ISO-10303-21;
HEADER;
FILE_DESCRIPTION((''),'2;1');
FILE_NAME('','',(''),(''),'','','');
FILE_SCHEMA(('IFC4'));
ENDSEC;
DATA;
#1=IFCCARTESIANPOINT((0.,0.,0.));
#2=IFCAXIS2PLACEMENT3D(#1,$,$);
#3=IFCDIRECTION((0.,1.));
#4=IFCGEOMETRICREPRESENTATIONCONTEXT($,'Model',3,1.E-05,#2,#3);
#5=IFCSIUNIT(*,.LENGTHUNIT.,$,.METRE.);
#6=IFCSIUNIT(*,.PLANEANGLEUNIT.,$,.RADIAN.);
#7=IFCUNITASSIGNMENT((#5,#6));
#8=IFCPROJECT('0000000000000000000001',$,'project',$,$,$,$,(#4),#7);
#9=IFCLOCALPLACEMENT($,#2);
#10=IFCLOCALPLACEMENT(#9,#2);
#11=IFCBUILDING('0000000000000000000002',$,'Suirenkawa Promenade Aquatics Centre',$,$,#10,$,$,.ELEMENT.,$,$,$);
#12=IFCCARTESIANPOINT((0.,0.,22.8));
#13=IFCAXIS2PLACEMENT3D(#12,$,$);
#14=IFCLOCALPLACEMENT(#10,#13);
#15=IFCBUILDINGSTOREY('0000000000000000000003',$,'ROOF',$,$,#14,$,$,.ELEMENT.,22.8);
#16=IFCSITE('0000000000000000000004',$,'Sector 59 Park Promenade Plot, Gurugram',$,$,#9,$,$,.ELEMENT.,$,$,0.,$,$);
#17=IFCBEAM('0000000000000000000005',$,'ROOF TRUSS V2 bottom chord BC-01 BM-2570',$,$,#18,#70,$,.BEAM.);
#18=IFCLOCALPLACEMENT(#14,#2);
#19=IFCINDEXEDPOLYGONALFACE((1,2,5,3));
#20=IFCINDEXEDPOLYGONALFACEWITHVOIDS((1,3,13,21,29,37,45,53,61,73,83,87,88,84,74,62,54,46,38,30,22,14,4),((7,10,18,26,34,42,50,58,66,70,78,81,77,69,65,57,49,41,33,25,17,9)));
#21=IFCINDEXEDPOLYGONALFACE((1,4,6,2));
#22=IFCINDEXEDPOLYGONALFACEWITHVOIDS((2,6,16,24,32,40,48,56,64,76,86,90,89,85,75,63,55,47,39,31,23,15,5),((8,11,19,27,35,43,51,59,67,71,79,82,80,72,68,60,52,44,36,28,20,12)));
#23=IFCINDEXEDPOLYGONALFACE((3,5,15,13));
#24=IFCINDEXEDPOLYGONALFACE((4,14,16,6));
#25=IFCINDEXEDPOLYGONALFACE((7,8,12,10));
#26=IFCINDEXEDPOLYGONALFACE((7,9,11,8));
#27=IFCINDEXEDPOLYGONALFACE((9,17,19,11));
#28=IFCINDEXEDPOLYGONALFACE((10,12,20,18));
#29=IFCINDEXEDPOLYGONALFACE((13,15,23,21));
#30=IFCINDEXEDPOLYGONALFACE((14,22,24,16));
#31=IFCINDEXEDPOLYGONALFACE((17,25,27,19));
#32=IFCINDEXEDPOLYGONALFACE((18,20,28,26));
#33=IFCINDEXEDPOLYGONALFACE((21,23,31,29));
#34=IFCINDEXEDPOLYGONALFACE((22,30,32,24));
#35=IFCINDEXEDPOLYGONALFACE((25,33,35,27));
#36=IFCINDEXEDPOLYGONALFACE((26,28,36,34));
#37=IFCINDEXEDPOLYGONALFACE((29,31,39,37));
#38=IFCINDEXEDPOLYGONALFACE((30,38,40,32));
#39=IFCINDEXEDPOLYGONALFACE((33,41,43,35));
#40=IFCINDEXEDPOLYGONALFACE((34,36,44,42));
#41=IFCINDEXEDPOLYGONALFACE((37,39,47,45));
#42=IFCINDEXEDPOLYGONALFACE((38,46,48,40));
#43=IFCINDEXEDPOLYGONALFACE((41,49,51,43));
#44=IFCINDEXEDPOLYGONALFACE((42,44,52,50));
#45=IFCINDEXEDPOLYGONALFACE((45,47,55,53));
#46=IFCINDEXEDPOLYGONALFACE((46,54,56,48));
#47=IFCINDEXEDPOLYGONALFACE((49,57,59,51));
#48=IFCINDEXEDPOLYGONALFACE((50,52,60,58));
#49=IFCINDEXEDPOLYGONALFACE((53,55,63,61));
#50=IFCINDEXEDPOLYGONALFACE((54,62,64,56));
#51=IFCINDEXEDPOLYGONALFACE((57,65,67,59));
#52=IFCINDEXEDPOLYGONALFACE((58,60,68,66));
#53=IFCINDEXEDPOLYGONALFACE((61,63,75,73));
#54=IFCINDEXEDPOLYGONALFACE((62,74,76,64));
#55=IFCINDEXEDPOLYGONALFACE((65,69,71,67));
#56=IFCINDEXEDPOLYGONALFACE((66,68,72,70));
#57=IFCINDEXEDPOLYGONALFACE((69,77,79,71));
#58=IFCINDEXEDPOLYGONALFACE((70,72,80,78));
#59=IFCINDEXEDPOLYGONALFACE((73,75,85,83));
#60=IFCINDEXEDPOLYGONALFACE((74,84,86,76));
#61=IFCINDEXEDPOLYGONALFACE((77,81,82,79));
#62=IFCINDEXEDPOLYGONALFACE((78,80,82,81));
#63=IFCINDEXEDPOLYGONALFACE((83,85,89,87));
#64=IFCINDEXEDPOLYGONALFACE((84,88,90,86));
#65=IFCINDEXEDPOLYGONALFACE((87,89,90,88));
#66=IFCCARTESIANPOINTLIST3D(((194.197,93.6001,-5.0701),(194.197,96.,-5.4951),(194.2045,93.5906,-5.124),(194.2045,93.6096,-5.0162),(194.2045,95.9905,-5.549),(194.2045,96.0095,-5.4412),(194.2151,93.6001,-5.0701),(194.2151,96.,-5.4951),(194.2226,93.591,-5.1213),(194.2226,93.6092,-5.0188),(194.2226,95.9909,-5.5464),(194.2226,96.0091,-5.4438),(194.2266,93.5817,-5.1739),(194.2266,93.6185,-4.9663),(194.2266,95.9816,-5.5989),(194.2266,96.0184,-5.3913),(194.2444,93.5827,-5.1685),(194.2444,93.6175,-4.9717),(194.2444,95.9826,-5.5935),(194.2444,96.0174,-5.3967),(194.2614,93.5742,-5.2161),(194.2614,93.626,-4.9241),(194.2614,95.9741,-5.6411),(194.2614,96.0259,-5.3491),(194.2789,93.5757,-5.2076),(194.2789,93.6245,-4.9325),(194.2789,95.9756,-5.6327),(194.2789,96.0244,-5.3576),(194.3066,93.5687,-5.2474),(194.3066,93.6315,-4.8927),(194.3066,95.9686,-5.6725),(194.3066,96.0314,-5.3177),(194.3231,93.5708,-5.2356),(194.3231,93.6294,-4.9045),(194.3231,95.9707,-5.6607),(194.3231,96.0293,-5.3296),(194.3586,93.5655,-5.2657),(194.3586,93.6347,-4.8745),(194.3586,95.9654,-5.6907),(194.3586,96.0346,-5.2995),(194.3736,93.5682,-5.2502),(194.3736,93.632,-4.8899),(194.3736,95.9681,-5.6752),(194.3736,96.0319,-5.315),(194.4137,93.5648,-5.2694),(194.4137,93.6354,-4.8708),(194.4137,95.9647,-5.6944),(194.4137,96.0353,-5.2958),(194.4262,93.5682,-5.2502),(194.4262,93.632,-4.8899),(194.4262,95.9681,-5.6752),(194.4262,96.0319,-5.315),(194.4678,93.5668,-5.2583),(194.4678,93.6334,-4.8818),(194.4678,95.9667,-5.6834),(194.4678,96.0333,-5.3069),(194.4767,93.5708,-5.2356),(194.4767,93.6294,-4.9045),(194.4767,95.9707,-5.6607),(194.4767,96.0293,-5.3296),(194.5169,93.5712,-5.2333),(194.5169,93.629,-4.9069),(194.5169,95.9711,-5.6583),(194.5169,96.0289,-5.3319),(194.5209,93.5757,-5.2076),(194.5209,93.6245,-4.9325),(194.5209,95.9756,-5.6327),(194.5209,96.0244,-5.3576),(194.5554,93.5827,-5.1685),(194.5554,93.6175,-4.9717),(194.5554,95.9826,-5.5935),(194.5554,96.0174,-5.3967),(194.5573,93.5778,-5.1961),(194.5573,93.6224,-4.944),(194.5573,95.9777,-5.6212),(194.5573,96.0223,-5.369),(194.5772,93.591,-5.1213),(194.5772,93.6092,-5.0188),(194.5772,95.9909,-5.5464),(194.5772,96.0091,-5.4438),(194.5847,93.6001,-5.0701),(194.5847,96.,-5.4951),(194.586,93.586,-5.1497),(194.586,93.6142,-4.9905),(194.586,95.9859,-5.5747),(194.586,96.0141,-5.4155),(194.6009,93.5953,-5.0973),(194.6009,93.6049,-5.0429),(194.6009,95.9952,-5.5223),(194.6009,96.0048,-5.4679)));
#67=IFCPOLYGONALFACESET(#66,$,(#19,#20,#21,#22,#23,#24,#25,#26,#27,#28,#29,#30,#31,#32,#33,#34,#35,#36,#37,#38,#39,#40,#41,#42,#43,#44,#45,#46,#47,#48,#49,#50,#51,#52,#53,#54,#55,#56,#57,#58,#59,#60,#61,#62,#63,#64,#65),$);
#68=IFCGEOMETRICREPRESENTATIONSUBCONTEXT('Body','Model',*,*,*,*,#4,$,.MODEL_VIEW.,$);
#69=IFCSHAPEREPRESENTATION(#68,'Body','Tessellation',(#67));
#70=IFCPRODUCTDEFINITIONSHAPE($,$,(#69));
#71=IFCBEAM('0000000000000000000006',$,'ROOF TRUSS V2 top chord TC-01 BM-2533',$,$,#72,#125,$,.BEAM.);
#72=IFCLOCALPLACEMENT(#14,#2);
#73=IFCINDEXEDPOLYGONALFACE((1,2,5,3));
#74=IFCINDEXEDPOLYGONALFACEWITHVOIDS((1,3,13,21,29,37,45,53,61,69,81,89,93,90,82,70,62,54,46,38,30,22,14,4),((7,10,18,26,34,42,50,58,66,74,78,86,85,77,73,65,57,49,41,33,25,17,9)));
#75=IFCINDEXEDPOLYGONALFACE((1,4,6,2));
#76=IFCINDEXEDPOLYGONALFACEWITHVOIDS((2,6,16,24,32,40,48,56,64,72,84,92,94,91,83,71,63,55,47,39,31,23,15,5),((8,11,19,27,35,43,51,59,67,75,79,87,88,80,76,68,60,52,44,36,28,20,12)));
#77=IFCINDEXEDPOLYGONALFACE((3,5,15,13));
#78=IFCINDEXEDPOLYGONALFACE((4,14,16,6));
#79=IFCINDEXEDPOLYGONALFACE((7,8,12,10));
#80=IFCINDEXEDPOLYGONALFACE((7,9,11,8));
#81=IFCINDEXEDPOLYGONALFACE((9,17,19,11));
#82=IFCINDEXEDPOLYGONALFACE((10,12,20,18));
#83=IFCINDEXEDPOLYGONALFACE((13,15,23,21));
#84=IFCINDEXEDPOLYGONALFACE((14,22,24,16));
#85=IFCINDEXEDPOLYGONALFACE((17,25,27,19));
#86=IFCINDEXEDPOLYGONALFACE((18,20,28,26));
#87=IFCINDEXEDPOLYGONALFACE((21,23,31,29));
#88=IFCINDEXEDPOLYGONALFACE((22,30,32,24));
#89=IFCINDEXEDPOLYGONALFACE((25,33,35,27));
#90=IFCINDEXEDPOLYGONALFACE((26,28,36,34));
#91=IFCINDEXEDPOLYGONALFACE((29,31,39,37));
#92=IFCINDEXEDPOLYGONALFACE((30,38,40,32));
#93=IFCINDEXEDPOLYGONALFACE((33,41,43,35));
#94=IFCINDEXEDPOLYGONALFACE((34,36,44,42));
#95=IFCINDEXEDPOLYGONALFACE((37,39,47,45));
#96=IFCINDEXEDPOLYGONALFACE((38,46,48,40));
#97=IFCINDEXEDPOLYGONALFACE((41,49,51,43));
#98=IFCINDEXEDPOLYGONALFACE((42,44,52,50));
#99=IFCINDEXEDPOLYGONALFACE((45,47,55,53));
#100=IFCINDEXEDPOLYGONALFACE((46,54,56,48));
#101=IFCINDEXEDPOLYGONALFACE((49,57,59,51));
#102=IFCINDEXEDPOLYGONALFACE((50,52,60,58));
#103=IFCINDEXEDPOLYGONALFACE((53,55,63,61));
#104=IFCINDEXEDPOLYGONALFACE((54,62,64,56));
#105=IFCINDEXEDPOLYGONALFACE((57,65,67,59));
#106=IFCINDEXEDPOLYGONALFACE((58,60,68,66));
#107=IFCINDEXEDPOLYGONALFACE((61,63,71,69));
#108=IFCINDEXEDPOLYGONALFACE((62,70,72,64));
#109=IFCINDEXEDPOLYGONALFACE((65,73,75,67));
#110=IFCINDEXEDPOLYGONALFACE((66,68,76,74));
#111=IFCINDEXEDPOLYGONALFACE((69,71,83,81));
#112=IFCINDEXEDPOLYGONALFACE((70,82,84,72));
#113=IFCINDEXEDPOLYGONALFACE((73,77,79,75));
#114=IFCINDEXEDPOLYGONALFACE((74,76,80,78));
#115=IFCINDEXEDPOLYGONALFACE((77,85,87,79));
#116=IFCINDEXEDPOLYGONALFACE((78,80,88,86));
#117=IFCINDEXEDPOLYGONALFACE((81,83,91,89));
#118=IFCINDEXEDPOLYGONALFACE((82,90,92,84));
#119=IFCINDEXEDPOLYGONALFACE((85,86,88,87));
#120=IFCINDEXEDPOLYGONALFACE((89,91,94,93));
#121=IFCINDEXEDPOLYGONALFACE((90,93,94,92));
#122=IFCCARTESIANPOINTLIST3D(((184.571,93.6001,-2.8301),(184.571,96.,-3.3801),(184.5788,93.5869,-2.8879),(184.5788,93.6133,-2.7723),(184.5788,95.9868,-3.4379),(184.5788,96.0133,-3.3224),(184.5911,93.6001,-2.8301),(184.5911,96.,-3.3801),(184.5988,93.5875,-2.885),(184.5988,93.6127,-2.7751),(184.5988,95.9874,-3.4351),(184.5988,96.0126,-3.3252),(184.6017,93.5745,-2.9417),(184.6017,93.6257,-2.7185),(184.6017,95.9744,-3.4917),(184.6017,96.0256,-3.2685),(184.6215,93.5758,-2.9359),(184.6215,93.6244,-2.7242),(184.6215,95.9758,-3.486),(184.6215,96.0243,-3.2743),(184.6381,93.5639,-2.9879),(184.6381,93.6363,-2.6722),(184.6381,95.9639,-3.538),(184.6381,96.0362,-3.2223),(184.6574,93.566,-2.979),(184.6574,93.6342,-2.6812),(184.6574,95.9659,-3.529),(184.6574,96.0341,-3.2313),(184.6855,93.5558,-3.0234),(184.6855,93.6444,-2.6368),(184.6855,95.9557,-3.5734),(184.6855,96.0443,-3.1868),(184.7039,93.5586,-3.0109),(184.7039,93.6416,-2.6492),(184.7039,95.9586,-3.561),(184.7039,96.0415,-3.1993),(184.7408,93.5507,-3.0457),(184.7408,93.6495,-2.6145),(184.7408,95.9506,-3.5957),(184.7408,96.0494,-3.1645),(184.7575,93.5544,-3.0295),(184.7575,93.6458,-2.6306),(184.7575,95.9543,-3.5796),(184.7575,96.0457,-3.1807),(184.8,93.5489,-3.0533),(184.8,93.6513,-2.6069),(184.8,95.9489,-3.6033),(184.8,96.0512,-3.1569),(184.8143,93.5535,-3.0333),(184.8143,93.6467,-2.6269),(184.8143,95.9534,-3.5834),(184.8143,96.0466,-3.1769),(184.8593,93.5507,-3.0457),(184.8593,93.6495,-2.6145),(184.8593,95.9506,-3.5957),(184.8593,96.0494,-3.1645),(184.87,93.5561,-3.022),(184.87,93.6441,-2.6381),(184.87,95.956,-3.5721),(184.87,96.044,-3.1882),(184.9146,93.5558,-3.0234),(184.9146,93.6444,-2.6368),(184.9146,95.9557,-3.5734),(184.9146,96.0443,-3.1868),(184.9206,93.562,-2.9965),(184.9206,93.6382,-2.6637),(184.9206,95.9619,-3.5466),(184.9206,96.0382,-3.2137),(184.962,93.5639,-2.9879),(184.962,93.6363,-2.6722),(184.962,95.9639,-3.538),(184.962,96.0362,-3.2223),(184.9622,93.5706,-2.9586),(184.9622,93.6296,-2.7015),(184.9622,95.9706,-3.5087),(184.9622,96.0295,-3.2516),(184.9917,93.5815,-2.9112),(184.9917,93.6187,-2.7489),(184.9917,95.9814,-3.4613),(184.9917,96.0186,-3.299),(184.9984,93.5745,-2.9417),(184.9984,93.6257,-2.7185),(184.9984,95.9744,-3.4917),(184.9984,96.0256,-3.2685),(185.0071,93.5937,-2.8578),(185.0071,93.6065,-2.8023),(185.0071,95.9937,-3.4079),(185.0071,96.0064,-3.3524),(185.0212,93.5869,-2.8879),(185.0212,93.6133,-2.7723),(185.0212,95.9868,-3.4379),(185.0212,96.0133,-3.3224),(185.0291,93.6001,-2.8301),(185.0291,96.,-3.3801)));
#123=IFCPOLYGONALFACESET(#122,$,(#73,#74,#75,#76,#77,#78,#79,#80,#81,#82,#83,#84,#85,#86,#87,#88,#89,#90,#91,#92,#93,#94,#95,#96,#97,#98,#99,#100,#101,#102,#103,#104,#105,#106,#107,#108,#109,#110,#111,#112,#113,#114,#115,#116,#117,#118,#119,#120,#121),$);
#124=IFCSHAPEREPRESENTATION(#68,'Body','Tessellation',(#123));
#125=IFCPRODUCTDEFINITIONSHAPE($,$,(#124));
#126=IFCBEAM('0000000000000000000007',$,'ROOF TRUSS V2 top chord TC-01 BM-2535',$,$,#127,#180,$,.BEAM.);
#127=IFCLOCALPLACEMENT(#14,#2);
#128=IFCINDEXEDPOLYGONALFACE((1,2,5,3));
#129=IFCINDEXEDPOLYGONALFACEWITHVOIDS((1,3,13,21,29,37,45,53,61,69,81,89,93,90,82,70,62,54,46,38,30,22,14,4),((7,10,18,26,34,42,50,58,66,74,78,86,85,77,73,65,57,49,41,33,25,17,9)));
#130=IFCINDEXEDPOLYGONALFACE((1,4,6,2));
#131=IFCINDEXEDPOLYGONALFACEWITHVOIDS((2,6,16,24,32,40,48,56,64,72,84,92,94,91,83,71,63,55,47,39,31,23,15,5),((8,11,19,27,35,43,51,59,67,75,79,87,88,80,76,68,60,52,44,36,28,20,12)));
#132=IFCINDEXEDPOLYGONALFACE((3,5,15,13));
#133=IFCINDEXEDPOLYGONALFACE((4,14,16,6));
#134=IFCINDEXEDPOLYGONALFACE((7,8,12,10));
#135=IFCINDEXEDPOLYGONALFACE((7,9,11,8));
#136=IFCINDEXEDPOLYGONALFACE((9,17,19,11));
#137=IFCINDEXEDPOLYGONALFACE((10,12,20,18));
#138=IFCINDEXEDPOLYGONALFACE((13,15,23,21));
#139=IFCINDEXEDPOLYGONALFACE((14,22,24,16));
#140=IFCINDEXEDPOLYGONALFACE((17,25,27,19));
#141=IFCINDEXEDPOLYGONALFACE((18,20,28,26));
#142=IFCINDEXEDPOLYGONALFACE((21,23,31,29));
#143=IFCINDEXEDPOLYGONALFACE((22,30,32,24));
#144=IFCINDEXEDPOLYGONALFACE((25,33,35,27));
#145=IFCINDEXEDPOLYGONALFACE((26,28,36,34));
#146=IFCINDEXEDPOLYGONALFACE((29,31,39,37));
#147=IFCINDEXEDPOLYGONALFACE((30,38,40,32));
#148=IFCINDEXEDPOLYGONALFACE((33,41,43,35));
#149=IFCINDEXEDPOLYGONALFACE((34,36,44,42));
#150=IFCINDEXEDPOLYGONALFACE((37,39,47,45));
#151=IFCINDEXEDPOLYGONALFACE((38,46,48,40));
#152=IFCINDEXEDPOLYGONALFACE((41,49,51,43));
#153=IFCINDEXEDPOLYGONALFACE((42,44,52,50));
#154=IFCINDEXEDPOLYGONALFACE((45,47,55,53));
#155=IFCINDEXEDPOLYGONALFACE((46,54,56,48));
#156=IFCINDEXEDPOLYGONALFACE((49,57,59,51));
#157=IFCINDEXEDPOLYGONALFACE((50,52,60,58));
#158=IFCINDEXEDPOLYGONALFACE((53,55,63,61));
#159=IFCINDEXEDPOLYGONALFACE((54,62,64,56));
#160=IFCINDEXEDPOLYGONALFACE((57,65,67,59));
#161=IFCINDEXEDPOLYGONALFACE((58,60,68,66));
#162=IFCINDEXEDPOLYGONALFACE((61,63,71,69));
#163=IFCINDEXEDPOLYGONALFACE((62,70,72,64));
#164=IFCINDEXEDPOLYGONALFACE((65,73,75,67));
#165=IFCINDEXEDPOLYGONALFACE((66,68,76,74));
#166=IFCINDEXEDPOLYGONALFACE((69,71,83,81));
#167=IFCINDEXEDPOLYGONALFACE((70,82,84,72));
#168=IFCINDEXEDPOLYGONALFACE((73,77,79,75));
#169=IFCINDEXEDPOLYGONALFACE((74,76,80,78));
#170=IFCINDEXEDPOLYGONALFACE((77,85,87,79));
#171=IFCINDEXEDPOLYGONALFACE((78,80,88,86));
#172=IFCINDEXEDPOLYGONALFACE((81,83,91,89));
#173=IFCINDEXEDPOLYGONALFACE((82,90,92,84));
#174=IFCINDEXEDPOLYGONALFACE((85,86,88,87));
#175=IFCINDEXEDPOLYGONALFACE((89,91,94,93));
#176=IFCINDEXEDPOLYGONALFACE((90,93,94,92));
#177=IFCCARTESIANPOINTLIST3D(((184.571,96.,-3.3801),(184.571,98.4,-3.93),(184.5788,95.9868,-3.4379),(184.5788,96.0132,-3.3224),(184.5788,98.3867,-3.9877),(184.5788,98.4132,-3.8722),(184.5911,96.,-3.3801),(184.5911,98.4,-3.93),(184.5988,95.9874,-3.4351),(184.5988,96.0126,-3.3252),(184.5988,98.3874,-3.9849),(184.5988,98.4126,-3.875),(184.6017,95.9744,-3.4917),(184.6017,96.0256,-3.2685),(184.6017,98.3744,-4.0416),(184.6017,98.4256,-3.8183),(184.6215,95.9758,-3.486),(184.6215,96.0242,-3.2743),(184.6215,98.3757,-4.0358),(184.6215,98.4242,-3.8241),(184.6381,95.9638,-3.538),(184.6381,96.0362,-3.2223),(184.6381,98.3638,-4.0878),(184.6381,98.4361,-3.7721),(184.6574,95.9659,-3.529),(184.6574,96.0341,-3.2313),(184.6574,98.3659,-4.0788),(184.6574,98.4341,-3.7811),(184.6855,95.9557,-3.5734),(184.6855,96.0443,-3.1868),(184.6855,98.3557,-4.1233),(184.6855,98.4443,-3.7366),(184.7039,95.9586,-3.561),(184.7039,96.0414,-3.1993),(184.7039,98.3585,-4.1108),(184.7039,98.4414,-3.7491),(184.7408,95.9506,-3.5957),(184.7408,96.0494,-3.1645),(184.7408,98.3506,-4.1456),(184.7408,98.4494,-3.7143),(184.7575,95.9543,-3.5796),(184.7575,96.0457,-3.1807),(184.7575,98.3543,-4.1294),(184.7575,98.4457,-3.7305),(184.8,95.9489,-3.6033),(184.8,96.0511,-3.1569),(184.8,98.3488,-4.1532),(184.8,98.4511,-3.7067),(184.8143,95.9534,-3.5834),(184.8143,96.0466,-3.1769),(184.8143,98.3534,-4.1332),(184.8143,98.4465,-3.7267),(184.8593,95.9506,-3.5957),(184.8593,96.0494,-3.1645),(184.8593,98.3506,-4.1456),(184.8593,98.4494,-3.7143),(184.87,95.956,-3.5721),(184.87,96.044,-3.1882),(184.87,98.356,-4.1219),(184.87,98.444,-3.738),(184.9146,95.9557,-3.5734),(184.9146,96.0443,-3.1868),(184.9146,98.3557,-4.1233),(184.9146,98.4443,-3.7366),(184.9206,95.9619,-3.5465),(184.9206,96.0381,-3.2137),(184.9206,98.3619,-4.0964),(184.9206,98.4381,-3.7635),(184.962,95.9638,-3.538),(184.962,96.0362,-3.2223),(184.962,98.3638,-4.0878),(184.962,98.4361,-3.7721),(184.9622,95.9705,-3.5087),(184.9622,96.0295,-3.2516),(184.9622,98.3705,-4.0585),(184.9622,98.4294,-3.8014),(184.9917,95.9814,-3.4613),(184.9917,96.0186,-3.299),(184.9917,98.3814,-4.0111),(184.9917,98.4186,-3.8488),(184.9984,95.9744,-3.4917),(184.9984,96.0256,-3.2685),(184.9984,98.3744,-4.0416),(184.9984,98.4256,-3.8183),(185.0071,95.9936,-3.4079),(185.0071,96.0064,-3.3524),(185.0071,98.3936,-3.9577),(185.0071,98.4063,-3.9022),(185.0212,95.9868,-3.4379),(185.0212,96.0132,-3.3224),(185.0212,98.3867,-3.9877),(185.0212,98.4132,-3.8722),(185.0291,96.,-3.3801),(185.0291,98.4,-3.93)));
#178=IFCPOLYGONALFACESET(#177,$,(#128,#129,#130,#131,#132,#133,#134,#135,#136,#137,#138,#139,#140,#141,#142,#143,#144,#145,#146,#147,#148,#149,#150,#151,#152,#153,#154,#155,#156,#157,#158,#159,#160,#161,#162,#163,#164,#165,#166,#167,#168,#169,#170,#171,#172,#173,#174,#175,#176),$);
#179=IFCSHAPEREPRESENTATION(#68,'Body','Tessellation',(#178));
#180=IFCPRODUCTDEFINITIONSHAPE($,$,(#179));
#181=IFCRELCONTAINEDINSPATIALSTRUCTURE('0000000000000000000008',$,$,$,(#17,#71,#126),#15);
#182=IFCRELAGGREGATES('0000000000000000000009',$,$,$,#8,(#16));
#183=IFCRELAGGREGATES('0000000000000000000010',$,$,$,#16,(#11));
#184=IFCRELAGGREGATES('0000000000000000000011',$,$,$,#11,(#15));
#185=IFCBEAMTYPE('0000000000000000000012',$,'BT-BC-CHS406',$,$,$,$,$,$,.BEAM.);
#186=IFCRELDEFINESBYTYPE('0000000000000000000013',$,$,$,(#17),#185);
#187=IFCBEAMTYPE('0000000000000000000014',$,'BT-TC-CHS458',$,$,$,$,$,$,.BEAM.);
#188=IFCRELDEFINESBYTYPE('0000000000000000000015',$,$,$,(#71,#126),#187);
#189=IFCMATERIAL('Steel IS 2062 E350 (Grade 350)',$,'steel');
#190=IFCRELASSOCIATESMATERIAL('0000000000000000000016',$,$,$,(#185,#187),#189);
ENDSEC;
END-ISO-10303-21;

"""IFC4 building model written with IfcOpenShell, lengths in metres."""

from ifc_helpers import new_model, si_unit, direction, frame, origin, origin_2d, place, context, subcontext, project, spatial, hollow_circle, extrude, material, material_profile, profile_set, type_object, element, save


model = new_model("IFC4")

# Units and contexts
model_context = context("Model", 3, precision=1e-05, world=origin(), true_north=direction((0.0, 1.0)))
body_context = subcontext(model_context, "Body", "Model", "MODEL_VIEW")
ifc_project = project(units=[si_unit("LENGTHUNIT", "METRE"), si_unit("PLANEANGLEUNIT", "RADIAN")], contexts=[model_context])

# Site, building, storey
site_placement = place(None, origin())
site = spatial("IfcSite", under=ifc_project, at=site_placement, Name="Sector 59 Park Promenade Plot, Gurugram", CompositionType="ELEMENT", RefElevation=0.0)
building_placement = place(site_placement, origin())
building = spatial("IfcBuilding", under=site, at=building_placement, Name="Suirenkawa Promenade Aquatics Centre", CompositionType="ELEMENT")
storey_placement = place(building_placement, frame((0.0, 0.0, 22.8)))
storey = spatial("IfcBuildingStorey", under=building, at=storey_placement, Name="ROOF", CompositionType="ELEMENT", Elevation=22.8)

# Beams
ifc_material = material(Name="Steel IS 2062 E350 (Grade 350)", Category="steel")
ifc_material_profile_1 = material_profile(ifc_material, hollow_circle(Radius=0.2029, WallThickness=0.0181, at=origin_2d()), Name="CHS 406x18", Category="steel")
ifc_profile_set_1 = profile_set([ifc_material_profile_1], Name="Steel IS 2062 E350 (Grade 350)")
beam_type_1 = type_object("IfcBeamType", Name="BT-BC-CHS406", PredefinedType="BEAM", material=ifc_profile_set_1)
beam_1_placement = place(storey_placement, frame((194.3999, 93.6001, -5.0701), z_axis=(0.0, 0.984675, -0.174397), x_axis=(-1.0, 0.0, 0.0)))
element("IfcBeam", 1, at=beam_1_placement, inside=storey, type_object=beam_type_1, Name="ROOF TRUSS V2 bottom chord BC-01 BM-2570", PredefinedType="BEAM", context=body_context, shape_type="SweptSolid", body=[
    extrude(hollow_circle(Radius=0.2029, WallThickness=0.0181, at=origin_2d()), origin(), (0.0, 0.0, 1.0), 2.4373),
])
ifc_material_profile_2 = material_profile(ifc_material, hollow_circle(Radius=0.229, WallThickness=0.02, at=origin_2d()), Name="CHS 458x20", Category="steel")
ifc_profile_set_2 = profile_set([ifc_material_profile_2], Name="Steel IS 2062 E350 (Grade 350)")
beam_type_2 = type_object("IfcBeamType", Name="BT-TC-CHS458", PredefinedType="BEAM", material=ifc_profile_set_2)
for number, where, z_axis, x_axis, name in (
    (2, (184.8, 93.6001, -2.8301), (0.0, 0.974726, -0.223404), (-1.0, 0.0, 0.0), "ROOF TRUSS V2 top chord TC-01 BM-2533"),
    (3, (184.8, 96.0, -3.3801), (0.0, 0.974748, -0.223309), (-1.0, 0.0, 0.0), "ROOF TRUSS V2 top chord TC-01 BM-2535"),
):
    element("IfcBeam", number, at=place(storey_placement, frame(where, z_axis=z_axis, x_axis=x_axis)), inside=storey, type_object=beam_type_2, Name=name, PredefinedType="BEAM", context=body_context, shape_type="SweptSolid", body=[
        extrude(hollow_circle(Radius=0.229, WallThickness=0.02, at=origin_2d()), origin(), (0.0, 0.0, 1.0), 2.4622),
    ])

save(model, "model.ifc")
